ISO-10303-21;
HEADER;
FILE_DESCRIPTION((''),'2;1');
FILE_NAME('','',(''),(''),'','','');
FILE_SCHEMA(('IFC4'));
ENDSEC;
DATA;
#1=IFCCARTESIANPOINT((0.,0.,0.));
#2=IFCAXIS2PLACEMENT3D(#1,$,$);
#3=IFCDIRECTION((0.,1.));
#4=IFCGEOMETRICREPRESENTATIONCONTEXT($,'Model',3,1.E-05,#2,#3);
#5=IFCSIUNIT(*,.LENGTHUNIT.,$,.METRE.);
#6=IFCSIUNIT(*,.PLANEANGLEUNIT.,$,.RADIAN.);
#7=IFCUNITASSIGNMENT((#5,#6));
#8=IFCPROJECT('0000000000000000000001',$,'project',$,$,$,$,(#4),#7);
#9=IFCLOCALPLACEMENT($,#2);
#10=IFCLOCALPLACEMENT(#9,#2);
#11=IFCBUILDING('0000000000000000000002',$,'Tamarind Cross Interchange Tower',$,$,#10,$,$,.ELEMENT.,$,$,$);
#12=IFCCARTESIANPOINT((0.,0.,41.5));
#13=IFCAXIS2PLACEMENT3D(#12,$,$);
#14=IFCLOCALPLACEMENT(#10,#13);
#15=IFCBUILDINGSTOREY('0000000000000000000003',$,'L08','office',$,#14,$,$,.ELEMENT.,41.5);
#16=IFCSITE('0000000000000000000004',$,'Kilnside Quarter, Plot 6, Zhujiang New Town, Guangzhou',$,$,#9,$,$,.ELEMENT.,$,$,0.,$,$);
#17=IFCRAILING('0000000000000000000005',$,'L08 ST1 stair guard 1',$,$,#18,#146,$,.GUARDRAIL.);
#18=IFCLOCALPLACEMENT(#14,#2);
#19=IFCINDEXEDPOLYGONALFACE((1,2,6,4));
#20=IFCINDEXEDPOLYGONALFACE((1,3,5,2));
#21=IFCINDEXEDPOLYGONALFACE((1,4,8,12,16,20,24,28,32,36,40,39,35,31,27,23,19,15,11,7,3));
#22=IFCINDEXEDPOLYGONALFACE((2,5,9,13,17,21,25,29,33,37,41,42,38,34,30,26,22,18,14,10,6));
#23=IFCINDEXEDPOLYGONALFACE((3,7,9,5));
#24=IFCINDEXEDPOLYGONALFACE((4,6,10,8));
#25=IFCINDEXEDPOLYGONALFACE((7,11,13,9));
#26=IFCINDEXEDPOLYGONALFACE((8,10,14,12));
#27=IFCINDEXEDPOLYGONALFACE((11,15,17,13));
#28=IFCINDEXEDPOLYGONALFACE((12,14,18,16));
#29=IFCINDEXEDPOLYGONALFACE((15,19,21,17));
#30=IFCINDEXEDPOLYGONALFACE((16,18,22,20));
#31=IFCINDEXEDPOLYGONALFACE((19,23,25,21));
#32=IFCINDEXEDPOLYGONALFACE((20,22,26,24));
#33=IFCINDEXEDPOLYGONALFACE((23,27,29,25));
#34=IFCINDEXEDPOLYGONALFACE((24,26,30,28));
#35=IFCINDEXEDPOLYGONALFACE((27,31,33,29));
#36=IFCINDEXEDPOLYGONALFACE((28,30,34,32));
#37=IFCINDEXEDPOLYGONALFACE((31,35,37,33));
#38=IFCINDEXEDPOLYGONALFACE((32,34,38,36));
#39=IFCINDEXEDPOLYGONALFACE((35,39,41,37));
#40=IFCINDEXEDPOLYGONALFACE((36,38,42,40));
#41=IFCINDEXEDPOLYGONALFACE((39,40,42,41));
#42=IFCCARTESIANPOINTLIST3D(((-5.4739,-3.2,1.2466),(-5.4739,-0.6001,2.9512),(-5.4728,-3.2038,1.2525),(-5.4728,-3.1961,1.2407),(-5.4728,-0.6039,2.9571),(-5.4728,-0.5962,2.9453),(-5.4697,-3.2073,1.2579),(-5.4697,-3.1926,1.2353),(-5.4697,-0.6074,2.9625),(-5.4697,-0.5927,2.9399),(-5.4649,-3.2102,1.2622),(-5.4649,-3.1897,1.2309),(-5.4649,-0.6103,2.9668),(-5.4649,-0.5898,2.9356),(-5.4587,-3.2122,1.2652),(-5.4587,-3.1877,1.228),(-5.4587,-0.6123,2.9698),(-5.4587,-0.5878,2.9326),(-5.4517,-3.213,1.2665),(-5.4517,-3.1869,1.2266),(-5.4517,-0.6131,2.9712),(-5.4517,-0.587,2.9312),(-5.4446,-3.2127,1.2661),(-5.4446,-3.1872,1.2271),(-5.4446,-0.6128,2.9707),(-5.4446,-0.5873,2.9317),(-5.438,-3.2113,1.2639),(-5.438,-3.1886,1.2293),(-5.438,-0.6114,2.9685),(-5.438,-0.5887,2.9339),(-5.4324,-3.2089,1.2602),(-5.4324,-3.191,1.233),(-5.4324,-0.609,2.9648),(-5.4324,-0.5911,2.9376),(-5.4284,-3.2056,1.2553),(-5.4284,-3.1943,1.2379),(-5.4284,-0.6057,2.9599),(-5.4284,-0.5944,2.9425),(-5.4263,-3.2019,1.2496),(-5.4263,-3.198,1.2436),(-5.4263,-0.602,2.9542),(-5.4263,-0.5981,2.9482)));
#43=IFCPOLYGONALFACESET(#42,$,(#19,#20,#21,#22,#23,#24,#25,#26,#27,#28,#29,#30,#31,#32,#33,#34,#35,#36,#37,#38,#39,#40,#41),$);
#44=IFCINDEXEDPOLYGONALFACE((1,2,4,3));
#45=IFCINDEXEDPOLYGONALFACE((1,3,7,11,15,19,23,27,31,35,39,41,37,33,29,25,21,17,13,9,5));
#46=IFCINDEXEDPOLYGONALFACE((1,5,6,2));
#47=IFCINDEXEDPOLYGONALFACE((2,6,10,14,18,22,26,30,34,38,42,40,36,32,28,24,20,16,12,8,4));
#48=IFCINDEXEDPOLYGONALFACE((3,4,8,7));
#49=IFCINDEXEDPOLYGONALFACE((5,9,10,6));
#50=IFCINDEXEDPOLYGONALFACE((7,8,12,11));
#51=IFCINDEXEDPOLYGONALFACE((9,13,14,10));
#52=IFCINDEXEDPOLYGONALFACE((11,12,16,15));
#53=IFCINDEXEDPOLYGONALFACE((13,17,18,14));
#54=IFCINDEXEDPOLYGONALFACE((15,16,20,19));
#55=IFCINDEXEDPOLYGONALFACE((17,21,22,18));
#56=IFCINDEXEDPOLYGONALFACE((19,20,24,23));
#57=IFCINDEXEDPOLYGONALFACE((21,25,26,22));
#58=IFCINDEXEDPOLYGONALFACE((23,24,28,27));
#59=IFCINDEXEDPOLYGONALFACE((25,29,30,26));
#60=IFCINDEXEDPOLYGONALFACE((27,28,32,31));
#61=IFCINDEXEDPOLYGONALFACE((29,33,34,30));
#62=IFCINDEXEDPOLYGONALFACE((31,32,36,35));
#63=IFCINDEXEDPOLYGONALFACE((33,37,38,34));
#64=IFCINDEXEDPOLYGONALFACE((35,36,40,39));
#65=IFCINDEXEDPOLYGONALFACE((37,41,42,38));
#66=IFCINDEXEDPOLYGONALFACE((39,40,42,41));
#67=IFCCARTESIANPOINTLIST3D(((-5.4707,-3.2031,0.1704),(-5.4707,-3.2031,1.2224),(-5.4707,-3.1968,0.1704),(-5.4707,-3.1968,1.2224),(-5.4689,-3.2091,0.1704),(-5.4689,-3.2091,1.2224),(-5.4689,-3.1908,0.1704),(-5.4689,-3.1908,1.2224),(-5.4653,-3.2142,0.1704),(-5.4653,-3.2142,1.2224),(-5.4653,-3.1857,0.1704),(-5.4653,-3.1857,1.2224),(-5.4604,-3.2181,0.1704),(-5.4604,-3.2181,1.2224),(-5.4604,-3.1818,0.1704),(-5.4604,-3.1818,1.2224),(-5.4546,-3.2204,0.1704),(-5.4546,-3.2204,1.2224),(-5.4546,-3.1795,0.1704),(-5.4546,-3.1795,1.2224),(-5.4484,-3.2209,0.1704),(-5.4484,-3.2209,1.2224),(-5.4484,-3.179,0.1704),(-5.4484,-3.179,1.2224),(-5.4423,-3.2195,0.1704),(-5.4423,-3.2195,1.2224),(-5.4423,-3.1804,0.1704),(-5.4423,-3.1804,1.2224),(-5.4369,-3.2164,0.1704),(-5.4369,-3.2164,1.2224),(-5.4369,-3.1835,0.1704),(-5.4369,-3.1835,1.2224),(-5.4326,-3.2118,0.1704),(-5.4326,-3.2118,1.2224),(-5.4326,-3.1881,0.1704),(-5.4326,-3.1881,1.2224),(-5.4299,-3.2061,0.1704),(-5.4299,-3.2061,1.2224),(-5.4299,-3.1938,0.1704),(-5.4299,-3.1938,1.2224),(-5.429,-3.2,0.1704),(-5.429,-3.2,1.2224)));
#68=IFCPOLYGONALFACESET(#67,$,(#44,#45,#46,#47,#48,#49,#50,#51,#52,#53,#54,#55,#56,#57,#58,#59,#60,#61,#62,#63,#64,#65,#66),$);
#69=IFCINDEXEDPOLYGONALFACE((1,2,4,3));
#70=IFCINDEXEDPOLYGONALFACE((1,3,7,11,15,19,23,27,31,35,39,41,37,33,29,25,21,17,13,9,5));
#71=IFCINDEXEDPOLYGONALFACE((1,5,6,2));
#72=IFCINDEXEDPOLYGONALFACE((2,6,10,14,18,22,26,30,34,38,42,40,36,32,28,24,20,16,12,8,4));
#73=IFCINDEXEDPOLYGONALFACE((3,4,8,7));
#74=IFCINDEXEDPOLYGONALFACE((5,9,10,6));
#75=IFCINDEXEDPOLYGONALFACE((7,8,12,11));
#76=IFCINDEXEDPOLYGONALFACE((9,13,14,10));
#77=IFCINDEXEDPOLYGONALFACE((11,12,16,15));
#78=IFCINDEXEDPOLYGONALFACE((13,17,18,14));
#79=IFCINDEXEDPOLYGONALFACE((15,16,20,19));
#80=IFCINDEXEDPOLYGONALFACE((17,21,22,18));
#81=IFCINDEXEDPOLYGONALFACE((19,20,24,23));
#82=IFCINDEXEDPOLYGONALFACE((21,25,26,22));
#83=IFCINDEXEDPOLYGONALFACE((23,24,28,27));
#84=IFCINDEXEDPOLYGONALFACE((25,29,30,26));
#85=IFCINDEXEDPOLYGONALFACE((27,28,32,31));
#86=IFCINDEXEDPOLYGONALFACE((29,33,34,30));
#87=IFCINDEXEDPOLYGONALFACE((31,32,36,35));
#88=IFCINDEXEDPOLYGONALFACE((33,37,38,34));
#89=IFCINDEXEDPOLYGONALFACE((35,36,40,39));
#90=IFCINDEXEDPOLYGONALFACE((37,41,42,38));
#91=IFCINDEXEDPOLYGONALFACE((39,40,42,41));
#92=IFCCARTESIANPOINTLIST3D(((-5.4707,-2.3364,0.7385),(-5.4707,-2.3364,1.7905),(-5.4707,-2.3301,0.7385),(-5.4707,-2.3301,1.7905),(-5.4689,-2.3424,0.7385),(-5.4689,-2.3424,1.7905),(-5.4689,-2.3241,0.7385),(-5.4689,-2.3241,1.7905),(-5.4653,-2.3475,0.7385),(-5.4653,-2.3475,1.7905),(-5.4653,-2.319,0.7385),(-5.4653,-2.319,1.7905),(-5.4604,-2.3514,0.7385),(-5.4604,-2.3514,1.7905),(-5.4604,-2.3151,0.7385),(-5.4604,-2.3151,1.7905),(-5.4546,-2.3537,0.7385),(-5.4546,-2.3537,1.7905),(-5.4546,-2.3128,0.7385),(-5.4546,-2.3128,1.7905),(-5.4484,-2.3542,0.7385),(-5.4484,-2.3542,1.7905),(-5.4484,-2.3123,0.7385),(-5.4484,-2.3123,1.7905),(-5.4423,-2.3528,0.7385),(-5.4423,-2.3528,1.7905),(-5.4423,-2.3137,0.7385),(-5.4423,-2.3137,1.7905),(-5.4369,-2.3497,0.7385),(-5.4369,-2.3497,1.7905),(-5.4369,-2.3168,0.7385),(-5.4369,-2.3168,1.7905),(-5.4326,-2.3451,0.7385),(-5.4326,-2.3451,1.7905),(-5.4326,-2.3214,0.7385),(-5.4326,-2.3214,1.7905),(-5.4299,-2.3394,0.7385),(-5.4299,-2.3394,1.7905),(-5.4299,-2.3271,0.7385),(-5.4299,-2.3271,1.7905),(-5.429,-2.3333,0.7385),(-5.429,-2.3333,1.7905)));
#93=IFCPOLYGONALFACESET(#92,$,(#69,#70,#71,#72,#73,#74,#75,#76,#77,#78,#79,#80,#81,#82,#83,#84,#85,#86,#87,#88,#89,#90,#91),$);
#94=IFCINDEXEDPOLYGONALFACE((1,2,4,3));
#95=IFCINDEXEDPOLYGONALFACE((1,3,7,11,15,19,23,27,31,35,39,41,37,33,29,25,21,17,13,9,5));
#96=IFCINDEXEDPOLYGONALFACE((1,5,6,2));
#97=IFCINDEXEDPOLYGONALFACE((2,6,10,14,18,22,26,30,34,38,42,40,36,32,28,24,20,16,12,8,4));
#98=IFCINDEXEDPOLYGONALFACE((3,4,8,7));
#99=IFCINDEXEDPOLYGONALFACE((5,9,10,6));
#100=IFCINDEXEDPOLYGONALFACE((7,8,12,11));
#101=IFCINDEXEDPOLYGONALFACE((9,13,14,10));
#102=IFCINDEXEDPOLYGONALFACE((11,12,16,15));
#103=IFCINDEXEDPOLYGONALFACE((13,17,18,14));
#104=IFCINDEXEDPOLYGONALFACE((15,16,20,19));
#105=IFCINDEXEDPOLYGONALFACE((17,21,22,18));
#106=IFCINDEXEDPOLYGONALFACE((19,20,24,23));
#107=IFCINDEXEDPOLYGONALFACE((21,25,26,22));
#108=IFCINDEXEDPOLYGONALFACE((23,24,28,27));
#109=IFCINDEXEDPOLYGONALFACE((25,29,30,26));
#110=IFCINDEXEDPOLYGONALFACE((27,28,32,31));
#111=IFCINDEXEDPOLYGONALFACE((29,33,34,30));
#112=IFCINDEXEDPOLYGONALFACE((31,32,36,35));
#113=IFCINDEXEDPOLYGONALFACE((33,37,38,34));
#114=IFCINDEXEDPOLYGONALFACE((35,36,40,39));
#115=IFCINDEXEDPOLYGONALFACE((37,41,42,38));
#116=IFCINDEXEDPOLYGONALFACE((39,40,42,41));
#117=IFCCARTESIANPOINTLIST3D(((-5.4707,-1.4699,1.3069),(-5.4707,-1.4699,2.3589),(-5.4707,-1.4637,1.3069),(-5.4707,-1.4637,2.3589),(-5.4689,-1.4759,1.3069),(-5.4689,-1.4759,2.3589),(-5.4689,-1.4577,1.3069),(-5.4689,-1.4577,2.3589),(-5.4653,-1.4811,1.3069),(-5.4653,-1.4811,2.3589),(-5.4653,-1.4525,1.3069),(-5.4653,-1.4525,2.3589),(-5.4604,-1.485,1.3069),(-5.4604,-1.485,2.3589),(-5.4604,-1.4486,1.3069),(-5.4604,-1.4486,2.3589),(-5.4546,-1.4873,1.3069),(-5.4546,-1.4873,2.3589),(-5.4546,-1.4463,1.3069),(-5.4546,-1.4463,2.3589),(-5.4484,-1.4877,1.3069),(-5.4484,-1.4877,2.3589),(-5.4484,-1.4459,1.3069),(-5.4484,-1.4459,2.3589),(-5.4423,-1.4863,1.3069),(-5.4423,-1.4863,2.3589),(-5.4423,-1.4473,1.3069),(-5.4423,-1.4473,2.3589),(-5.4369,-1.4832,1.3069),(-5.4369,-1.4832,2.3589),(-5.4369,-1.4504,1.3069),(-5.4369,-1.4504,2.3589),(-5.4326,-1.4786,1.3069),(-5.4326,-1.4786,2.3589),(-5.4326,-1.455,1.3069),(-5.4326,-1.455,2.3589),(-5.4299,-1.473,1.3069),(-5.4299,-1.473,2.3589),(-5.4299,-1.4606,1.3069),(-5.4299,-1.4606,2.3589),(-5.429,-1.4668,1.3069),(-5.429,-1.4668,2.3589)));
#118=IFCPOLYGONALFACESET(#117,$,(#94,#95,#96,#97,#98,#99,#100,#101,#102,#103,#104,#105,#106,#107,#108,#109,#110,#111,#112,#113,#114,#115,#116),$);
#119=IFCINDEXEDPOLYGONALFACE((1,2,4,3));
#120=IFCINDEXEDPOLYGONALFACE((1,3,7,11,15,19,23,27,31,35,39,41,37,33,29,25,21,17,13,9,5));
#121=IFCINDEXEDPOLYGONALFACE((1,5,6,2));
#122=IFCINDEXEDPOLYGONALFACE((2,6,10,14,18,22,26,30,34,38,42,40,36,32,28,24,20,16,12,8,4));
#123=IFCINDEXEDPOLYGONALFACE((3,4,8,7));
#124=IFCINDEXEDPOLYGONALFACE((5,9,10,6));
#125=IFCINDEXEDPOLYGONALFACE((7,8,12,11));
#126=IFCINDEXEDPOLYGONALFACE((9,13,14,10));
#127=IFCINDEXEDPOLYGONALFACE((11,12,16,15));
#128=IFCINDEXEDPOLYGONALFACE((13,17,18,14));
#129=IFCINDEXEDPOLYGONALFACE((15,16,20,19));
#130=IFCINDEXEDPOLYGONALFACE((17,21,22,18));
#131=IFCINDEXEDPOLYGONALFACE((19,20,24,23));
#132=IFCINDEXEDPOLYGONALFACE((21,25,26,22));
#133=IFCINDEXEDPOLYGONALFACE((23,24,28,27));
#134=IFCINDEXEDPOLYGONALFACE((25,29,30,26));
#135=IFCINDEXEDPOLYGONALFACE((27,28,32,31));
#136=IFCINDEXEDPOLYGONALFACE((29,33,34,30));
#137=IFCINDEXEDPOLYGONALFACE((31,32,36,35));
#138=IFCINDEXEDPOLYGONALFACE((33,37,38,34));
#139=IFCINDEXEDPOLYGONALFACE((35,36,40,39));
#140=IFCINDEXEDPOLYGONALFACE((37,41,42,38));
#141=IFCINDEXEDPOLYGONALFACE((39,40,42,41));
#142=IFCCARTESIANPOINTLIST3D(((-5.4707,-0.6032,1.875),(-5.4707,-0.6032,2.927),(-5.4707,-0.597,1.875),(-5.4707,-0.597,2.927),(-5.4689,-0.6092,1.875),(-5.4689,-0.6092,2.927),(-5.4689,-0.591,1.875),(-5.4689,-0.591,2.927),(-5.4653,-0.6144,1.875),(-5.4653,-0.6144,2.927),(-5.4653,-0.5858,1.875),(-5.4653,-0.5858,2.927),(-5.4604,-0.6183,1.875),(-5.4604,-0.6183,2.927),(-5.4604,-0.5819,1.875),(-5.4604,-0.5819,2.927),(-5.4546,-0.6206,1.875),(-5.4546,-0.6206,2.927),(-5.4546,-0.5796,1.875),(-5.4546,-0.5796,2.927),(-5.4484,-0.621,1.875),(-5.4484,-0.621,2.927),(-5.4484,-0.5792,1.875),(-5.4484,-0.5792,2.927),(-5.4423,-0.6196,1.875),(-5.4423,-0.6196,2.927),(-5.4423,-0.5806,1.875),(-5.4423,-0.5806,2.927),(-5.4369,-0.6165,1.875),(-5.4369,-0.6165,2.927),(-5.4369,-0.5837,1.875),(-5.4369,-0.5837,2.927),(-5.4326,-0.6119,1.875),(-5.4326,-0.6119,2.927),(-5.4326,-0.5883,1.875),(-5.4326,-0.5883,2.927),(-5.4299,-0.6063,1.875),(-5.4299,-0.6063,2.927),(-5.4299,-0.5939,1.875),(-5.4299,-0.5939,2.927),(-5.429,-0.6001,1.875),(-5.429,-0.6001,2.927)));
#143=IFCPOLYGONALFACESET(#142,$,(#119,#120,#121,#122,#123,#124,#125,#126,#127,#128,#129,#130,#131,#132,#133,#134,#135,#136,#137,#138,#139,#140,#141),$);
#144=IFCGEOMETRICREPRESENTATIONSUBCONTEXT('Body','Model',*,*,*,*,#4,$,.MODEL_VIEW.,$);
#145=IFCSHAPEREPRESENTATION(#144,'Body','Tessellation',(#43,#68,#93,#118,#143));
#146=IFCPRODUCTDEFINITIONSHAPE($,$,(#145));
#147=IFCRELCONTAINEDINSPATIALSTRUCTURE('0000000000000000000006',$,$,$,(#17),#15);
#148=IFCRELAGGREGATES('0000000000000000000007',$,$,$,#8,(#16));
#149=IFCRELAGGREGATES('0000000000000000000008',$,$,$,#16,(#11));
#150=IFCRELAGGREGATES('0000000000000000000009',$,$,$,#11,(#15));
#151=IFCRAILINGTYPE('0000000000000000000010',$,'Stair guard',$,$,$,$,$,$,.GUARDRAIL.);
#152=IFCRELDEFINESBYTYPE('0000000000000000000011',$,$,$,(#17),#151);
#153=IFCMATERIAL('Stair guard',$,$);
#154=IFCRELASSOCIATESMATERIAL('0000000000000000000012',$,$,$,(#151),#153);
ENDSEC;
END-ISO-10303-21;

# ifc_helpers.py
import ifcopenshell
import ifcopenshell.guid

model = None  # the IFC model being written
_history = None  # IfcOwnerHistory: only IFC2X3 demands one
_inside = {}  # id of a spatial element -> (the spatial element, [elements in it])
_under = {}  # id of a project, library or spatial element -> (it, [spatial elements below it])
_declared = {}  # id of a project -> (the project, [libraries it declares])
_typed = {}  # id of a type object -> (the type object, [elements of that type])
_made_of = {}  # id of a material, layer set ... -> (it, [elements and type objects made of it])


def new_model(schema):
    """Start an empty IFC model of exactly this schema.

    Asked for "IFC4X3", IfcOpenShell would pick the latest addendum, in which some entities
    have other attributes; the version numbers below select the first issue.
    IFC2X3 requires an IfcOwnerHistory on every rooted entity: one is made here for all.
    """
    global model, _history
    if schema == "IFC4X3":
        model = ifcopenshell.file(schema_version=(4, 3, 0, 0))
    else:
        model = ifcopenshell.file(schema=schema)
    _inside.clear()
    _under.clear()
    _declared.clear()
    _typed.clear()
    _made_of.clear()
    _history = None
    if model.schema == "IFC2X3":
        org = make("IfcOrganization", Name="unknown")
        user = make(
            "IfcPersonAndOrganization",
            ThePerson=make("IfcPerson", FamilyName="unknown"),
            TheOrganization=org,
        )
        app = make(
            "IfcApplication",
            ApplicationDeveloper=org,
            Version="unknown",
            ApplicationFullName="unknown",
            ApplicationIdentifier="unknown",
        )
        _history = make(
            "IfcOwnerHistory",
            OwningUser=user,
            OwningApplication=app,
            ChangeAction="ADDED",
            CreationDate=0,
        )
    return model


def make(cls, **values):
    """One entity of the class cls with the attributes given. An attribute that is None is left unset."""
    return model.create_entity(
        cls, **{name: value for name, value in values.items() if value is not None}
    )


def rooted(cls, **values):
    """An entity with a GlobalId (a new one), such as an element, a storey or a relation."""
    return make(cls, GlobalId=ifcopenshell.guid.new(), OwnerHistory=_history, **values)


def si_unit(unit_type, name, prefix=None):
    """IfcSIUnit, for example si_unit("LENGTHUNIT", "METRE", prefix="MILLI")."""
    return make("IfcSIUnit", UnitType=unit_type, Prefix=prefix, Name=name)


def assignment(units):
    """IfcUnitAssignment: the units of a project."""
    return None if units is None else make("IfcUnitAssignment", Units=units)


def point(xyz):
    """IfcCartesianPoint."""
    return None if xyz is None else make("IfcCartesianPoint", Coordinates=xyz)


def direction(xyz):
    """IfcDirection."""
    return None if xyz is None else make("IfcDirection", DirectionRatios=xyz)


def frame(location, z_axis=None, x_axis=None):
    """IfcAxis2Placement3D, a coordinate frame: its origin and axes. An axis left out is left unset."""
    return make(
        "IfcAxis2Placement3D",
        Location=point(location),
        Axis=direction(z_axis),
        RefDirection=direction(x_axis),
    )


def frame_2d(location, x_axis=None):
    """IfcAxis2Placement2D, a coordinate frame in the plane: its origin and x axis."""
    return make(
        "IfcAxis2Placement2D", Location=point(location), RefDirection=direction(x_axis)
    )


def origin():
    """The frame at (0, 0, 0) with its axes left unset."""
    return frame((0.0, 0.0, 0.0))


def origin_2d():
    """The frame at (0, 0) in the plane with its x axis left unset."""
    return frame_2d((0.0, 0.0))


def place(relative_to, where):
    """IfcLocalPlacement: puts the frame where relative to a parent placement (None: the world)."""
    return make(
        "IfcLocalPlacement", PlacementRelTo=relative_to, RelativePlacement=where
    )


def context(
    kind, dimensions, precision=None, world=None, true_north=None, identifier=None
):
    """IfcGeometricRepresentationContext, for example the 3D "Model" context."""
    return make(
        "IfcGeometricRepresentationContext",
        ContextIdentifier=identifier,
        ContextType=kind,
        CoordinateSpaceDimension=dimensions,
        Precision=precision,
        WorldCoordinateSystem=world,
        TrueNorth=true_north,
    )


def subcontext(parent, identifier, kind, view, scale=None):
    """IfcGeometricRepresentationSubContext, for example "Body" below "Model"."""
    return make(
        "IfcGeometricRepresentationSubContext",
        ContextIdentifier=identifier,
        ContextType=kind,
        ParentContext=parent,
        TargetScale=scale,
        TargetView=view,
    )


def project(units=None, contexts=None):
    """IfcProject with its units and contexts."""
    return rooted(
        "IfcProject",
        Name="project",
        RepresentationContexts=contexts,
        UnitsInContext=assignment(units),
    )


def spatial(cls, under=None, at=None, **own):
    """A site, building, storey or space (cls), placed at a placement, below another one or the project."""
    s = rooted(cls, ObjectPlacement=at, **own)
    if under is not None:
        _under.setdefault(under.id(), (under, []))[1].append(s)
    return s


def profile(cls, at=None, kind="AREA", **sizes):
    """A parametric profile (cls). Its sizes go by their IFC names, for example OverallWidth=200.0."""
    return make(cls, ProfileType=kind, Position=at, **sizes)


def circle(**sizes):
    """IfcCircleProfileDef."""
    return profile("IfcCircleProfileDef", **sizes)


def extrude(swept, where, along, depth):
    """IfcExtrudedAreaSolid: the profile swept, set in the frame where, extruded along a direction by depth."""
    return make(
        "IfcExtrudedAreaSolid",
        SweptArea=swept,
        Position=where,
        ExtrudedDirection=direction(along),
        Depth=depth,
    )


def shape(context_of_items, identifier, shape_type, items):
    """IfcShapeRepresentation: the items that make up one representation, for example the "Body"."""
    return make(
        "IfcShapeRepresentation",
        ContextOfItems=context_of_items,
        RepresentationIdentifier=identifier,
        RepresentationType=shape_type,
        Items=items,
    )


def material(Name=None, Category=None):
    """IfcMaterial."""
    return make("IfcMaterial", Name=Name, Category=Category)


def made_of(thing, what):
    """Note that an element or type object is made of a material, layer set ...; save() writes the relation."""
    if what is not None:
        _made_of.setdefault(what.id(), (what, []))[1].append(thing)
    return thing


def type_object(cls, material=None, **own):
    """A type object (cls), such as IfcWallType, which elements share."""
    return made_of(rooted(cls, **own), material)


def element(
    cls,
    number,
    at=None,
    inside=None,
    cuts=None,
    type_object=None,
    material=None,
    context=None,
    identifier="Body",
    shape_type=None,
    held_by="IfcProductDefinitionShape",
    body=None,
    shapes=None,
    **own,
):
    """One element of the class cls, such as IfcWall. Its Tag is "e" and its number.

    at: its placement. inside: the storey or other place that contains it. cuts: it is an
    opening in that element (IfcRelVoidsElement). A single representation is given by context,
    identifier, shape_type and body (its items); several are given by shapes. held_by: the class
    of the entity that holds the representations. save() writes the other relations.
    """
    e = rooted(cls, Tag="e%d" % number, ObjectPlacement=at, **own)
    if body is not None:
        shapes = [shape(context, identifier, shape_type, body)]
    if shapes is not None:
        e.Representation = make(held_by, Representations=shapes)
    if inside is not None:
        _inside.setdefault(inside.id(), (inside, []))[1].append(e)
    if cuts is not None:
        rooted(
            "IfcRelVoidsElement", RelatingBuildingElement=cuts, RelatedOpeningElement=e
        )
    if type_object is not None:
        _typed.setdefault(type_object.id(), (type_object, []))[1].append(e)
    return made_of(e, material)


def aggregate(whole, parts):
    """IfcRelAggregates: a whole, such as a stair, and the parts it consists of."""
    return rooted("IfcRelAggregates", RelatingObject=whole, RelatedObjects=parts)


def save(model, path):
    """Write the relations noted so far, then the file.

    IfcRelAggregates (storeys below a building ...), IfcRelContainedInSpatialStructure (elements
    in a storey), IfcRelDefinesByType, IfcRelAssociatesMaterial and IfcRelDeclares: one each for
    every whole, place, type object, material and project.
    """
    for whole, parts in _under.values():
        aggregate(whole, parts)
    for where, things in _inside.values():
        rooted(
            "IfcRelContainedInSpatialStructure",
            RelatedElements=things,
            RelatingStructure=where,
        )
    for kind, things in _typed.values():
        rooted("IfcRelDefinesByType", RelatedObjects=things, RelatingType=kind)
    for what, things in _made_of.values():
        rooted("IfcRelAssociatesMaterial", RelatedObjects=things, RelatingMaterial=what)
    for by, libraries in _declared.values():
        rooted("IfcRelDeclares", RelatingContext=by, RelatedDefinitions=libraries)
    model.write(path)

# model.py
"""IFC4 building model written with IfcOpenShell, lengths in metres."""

from ifc_helpers import new_model, si_unit, direction, frame, origin, origin_2d, place, context, subcontext, project, spatial, circle, extrude, material, type_object, element, save


model = new_model("IFC4")

# Units and contexts
model_context = context("Model", 3, precision=1e-05, world=origin(), true_north=direction((0.0, 1.0)))
body_context = subcontext(model_context, "Body", "Model", "MODEL_VIEW")
ifc_project = project(units=[si_unit("LENGTHUNIT", "METRE"), si_unit("PLANEANGLEUNIT", "RADIAN")], contexts=[model_context])

# Site, building, storey
site_placement = place(None, origin())
site = spatial("IfcSite", under=ifc_project, at=site_placement, Name="Kilnside Quarter, Plot 6, Zhujiang New Town, Guangzhou", CompositionType="ELEMENT", RefElevation=0.0)
building_placement = place(site_placement, origin())
building = spatial("IfcBuilding", under=site, at=building_placement, Name="Tamarind Cross Interchange Tower", CompositionType="ELEMENT")
storey_placement = place(building_placement, frame((0.0, 0.0, 41.5)))
storey = spatial("IfcBuildingStorey", under=building, at=storey_placement, Name="L08", Description="office", CompositionType="ELEMENT", Elevation=41.5)

# Railing
ifc_material_1 = material(Name="Stair guard")
railing_type_1 = type_object("IfcRailingType", Name="Stair guard", PredefinedType="GUARDRAIL", material=ifc_material_1)
railing_1_placement = place(storey_placement, frame((-5.45, -3.2, 0.1704)))
element("IfcRailing", 1, at=railing_1_placement, inside=storey, type_object=railing_type_1, Name="L08 ST1 stair guard 1", PredefinedType="GUARDRAIL", context=body_context, shape_type="SweptSolid", body=[
    extrude(circle(Radius=0.0239, at=origin_2d()), frame((0.0, 0.0, 1.0762), z_axis=(0.0, 0.836279, 0.548305), x_axis=(-1.0, 0.0, 0.0)), (0.0, 0.0, 1.0), 3.1089),
    extrude(circle(Radius=0.021, at=origin_2d()), origin(), (0.0, 0.0, 1.0), 1.052),
    extrude(circle(Radius=0.021, at=origin_2d()), frame((0.0, 0.8667, 0.5681)), (0.0, 0.0, 1.0), 1.052),
    extrude(circle(Radius=0.021, at=origin_2d()), frame((0.0, 1.7332, 1.1365)), (0.0, 0.0, 1.0), 1.052),
    extrude(circle(Radius=0.021, at=origin_2d()), frame((0.0, 2.5999, 1.7046)), (0.0, 0.0, 1.0), 1.052),
])

save(model, "model.ifc")
